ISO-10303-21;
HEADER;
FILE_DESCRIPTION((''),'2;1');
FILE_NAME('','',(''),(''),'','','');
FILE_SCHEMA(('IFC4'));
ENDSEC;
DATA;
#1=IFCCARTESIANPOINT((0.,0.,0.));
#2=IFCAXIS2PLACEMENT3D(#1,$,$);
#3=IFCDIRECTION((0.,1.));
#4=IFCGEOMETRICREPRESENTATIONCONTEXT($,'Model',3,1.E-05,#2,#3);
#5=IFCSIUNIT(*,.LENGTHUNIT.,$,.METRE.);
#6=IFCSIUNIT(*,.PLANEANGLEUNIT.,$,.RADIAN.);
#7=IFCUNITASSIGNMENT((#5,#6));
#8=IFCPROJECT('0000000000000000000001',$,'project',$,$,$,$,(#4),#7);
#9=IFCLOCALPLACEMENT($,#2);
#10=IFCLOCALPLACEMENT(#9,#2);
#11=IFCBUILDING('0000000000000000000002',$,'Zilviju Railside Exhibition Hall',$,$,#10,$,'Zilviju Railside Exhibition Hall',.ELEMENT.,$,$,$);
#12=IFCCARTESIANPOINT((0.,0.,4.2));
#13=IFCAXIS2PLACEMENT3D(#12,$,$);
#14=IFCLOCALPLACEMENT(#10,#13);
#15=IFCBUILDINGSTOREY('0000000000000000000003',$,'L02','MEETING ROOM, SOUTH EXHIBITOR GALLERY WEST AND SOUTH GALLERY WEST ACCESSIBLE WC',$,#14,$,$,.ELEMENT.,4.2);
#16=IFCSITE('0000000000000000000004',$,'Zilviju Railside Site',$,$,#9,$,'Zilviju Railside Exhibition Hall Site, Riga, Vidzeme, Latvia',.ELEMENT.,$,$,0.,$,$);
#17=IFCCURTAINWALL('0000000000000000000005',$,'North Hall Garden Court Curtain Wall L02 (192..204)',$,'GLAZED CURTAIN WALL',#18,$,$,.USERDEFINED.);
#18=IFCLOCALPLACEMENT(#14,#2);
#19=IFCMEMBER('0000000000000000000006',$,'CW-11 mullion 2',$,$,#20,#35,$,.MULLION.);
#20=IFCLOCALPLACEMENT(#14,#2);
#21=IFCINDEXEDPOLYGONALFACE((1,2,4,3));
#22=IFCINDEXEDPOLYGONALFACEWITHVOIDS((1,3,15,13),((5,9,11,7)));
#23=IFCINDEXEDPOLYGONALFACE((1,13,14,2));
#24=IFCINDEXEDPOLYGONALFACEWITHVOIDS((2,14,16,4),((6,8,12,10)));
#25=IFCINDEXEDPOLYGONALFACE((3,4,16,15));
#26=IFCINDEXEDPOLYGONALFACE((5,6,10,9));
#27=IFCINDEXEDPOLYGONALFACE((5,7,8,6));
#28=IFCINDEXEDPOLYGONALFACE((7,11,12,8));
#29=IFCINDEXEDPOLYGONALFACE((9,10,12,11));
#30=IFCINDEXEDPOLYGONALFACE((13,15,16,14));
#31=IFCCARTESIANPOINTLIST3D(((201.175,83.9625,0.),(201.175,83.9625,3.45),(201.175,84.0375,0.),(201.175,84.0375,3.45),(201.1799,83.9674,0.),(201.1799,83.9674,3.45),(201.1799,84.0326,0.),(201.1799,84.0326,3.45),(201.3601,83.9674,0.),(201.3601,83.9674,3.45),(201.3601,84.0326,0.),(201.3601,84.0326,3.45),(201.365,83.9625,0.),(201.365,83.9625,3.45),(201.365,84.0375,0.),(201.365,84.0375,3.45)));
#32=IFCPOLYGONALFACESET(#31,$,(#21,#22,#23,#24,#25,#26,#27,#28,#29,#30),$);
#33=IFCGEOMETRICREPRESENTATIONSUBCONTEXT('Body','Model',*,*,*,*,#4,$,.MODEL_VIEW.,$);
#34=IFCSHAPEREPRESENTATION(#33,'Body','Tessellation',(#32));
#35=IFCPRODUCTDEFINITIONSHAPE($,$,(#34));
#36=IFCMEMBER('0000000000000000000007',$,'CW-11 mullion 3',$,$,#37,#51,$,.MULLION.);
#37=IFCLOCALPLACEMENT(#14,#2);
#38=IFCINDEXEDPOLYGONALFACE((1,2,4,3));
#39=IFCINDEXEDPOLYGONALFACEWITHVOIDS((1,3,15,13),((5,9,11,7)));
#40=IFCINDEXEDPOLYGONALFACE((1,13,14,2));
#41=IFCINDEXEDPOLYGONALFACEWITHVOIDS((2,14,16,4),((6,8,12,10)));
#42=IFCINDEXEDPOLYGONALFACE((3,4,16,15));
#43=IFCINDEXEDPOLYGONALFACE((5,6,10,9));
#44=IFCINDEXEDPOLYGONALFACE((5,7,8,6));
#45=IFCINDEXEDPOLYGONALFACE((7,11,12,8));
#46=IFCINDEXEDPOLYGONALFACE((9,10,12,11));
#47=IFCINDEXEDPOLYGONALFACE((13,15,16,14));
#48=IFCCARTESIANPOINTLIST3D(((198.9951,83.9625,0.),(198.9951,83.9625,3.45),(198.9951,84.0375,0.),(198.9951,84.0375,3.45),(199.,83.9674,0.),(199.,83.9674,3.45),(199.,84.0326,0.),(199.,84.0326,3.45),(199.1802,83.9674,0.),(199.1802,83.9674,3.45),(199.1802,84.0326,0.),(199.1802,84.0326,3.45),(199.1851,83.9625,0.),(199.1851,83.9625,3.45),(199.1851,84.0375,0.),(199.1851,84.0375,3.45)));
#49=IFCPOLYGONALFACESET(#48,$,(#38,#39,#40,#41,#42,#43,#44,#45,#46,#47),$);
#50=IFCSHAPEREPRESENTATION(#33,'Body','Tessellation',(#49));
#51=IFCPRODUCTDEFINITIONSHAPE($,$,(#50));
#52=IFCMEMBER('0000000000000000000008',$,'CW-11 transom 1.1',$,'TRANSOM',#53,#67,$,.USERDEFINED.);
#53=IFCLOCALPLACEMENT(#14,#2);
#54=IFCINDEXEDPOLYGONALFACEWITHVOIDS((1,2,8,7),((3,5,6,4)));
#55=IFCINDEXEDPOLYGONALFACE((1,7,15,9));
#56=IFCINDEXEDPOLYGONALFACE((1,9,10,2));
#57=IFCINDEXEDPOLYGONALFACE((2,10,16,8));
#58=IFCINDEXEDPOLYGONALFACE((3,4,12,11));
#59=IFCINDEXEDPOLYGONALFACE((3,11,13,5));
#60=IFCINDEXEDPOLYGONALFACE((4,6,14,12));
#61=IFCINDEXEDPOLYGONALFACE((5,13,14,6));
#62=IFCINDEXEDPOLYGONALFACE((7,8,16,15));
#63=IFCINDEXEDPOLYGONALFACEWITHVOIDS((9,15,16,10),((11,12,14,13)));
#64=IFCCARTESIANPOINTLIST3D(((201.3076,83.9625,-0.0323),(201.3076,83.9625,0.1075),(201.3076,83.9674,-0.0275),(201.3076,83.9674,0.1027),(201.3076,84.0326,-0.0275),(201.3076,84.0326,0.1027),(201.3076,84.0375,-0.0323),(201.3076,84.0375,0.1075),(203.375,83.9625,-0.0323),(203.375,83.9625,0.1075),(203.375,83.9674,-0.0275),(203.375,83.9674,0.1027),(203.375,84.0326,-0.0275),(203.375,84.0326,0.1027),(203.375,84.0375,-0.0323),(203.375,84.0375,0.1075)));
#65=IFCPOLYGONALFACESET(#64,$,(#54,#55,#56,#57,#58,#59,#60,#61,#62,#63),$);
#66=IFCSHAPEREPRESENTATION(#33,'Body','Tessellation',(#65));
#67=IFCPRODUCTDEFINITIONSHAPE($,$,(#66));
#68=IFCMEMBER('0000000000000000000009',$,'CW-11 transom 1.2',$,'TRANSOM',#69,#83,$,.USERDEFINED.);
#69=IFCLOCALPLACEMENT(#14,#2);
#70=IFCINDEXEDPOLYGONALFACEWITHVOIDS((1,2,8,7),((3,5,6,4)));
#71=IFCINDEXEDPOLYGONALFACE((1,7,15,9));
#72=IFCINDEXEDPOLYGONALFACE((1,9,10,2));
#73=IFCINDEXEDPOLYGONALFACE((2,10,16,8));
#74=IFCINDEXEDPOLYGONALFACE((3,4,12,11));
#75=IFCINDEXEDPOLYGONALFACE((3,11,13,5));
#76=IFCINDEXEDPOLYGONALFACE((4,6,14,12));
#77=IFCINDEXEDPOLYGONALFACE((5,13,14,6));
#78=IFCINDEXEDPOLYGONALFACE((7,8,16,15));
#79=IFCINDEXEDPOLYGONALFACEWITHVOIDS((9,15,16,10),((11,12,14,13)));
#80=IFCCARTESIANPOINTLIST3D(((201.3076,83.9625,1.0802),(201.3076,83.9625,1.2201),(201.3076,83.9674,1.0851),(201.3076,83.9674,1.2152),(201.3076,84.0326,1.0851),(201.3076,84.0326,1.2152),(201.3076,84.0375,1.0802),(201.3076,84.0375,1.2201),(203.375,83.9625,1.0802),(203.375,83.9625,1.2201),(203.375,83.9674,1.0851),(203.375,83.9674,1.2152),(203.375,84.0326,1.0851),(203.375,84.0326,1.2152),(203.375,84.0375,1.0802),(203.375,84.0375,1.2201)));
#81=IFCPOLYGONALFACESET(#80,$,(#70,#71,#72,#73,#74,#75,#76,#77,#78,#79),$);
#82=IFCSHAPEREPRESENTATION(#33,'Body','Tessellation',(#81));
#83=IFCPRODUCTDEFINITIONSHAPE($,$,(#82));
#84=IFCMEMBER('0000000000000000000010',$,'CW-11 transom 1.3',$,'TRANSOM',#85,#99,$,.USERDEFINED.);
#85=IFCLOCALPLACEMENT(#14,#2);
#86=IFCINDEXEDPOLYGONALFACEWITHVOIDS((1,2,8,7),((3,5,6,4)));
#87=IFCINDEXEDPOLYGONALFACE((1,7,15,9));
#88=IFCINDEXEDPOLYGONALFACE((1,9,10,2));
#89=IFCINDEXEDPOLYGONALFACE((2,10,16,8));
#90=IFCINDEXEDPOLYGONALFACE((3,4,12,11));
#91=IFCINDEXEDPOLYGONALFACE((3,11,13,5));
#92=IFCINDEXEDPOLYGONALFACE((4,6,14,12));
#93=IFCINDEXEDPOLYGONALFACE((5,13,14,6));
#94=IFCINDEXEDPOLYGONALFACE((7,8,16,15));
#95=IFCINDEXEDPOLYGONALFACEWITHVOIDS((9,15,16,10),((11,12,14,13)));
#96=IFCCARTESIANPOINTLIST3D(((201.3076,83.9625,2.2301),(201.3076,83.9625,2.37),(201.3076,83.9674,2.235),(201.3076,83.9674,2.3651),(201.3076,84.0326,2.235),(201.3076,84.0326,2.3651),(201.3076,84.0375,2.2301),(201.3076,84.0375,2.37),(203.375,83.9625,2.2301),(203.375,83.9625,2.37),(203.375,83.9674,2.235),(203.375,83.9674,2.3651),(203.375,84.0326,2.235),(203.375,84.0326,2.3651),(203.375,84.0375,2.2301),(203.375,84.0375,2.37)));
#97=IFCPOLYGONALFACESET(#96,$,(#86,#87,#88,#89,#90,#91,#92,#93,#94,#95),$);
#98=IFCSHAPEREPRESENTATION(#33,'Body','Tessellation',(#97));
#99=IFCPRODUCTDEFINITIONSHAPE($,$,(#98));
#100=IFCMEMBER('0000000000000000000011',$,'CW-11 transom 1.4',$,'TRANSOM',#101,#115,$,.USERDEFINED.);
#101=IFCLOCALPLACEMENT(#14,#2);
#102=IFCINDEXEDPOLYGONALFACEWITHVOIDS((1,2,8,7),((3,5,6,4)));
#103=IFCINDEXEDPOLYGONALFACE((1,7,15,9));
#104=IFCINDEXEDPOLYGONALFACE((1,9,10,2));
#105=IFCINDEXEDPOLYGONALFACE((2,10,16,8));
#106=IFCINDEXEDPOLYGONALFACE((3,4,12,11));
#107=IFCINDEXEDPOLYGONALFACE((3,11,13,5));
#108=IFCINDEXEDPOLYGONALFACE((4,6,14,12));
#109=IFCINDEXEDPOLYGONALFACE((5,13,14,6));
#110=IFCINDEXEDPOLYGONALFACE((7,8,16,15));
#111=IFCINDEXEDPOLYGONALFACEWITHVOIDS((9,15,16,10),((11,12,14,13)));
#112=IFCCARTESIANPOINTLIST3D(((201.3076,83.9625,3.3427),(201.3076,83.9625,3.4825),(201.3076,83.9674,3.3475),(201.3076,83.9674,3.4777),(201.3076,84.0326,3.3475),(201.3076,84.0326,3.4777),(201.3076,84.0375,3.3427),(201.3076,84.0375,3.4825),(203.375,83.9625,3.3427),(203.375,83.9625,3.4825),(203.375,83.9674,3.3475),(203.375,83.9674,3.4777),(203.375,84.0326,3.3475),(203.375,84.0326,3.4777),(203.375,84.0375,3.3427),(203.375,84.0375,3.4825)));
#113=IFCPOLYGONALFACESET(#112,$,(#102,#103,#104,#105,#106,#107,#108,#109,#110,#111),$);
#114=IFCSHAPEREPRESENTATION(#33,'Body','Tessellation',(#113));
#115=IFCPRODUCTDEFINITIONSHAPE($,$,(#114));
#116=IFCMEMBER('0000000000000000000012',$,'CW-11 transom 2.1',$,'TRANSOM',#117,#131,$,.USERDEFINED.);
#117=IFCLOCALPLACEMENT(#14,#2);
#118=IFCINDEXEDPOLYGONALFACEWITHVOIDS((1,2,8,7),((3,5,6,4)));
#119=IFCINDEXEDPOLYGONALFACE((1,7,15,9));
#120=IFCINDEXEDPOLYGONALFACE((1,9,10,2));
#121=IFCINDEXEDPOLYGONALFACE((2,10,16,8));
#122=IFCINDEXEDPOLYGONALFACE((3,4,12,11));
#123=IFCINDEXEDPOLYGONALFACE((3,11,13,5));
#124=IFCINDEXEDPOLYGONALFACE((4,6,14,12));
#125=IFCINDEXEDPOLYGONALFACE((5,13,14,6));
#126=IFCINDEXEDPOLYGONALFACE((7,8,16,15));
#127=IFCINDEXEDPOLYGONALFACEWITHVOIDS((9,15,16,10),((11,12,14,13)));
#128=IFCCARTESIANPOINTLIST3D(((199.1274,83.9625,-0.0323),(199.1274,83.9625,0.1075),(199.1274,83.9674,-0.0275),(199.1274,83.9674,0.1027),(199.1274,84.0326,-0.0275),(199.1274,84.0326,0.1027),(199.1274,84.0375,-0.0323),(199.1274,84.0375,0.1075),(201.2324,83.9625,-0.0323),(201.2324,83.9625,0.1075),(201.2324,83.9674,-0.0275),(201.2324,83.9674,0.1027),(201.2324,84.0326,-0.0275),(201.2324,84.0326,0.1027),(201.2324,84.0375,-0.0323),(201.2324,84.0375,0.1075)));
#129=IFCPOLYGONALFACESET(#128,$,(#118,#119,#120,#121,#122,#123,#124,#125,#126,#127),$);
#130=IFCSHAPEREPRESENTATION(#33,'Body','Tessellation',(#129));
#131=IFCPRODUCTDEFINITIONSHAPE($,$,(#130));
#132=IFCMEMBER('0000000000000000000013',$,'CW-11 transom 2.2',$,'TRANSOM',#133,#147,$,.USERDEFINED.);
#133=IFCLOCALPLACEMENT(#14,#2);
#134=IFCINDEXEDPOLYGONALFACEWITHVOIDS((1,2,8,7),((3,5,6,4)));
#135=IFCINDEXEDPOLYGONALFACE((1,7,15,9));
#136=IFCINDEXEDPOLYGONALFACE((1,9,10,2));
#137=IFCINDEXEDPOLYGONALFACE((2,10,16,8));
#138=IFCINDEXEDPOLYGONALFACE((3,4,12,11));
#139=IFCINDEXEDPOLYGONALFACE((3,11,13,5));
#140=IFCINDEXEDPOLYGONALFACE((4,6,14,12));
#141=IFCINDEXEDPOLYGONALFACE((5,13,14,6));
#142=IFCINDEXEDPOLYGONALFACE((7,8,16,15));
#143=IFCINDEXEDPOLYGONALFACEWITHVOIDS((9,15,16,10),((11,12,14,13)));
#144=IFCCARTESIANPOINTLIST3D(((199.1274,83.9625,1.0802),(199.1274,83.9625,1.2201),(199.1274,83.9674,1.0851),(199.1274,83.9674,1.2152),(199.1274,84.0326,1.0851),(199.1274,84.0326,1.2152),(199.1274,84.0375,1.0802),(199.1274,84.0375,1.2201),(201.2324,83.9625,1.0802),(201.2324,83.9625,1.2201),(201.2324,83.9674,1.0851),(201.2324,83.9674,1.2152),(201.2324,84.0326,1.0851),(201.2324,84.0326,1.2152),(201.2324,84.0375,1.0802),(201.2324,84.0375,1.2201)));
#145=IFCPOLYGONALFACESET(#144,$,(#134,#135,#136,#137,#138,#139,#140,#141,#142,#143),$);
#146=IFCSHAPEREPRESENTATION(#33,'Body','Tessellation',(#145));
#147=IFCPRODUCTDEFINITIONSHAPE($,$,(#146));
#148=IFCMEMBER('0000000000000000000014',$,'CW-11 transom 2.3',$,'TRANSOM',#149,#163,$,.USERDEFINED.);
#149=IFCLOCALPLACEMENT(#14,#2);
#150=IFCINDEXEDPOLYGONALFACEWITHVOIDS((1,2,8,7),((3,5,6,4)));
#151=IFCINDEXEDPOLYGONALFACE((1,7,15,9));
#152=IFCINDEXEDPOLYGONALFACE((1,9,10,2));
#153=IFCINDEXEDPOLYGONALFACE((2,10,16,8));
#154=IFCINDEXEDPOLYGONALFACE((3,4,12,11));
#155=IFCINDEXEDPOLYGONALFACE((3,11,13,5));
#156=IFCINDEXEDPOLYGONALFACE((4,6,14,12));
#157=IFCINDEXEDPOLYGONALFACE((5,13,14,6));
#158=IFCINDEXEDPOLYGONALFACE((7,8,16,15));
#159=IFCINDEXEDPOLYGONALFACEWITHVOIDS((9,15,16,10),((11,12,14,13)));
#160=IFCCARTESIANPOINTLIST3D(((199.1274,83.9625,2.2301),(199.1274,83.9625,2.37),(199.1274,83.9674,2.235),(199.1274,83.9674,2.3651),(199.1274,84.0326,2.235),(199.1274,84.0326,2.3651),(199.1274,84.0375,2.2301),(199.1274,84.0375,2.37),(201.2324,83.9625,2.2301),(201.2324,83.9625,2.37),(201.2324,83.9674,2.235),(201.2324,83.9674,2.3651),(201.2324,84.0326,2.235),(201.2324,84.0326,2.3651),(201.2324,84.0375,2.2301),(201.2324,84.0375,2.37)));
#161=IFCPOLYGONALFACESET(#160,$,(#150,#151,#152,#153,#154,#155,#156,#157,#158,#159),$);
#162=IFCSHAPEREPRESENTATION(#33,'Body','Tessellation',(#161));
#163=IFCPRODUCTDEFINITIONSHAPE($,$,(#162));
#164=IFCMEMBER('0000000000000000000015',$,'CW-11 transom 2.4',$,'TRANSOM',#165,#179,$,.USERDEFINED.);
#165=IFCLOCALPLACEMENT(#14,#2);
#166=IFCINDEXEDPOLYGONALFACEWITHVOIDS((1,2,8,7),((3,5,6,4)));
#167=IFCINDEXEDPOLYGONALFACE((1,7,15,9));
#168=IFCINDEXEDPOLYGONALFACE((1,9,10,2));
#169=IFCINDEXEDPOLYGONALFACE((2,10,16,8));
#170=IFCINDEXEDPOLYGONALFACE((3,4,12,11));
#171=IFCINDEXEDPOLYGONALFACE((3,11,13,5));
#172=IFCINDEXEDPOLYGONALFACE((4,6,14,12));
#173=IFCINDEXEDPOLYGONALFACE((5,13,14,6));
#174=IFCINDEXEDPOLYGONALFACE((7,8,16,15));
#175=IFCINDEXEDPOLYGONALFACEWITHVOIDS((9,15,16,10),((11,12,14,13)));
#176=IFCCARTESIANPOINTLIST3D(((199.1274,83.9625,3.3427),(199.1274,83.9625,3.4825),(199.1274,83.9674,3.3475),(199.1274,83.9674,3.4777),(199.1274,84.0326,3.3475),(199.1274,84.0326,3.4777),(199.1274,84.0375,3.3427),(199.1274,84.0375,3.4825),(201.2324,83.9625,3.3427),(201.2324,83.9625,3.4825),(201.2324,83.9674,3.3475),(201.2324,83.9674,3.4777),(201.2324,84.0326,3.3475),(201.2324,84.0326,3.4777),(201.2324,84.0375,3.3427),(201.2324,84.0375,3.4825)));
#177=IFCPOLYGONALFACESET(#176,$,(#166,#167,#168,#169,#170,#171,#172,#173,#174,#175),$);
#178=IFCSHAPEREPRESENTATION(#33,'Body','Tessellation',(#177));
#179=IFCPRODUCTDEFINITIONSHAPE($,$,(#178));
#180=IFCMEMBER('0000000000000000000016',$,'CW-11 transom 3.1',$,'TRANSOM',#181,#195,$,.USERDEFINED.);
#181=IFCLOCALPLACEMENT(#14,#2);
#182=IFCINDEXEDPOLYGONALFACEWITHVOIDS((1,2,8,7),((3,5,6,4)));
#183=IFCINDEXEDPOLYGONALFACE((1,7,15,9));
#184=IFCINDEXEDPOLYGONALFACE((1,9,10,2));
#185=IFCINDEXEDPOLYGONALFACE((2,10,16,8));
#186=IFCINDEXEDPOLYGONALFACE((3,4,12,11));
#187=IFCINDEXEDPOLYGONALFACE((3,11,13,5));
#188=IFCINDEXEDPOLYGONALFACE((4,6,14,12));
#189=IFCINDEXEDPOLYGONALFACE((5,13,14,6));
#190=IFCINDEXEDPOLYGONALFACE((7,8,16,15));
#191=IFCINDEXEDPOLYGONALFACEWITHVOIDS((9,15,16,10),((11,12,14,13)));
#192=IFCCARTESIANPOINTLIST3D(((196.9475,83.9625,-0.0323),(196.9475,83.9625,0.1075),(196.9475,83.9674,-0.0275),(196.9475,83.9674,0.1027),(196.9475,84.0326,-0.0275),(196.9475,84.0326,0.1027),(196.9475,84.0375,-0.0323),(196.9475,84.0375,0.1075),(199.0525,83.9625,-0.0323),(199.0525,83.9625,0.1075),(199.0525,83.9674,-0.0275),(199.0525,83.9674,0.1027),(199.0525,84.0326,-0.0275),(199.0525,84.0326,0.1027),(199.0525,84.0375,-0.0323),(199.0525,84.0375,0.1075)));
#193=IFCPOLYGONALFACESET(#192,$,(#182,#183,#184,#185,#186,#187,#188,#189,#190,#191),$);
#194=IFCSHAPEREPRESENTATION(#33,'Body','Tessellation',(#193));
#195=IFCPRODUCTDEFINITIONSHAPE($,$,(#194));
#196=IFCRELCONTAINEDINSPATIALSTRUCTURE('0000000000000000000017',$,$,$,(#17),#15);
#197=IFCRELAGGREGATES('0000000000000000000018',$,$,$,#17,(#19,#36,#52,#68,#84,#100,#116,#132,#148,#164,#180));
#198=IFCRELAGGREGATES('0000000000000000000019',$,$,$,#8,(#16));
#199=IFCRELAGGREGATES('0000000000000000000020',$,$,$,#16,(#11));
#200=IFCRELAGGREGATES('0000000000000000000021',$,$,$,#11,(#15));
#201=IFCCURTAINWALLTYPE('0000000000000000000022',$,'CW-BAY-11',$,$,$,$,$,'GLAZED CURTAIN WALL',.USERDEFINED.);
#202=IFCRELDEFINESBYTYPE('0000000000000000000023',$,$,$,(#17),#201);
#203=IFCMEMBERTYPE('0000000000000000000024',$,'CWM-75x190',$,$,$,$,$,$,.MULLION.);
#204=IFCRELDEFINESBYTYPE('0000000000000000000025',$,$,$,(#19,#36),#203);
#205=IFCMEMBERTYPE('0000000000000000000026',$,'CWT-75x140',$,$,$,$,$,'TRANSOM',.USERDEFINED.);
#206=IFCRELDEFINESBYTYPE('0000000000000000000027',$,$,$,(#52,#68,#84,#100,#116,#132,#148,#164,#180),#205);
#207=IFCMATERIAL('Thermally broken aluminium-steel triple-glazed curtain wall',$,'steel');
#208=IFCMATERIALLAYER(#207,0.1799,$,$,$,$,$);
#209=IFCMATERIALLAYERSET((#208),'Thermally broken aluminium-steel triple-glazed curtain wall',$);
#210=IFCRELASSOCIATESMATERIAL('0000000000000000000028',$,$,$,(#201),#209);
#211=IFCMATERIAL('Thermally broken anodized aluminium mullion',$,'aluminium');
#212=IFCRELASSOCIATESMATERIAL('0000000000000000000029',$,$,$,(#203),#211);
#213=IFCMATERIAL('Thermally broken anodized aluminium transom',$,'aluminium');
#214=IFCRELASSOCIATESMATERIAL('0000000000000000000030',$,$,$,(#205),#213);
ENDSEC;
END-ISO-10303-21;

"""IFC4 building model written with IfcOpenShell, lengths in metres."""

from ifc_helpers import new_model, si_unit, direction, frame, origin, origin_2d, place, context, subcontext, project, spatial, hollow_rectangle, extrude, material, layer, layer_set, material_profile, profile_set, type_object, element, aggregate, save


model = new_model("IFC4")

# Units and contexts
model_context = context("Model", 3, precision=1e-05, world=origin(), true_north=direction((0.0, 1.0)))
body_context = subcontext(model_context, "Body", "Model", "MODEL_VIEW")
ifc_project = project(units=[si_unit("LENGTHUNIT", "METRE"), si_unit("PLANEANGLEUNIT", "RADIAN")], contexts=[model_context])

# Site, building, storey
site_placement = place(None, origin())
site = spatial("IfcSite", under=ifc_project, at=site_placement, Name="Zilviju Railside Site", LongName="Zilviju Railside Exhibition Hall Site, Riga, Vidzeme, Latvia", CompositionType="ELEMENT", RefElevation=0.0)
building_placement = place(site_placement, origin())
building = spatial("IfcBuilding", under=site, at=building_placement, Name="Zilviju Railside Exhibition Hall", LongName="Zilviju Railside Exhibition Hall", CompositionType="ELEMENT")
storey_placement = place(building_placement, frame((0.0, 0.0, 4.2)))
storey = spatial("IfcBuildingStorey", under=building, at=storey_placement, Name="L02", Description="MEETING ROOM, SOUTH EXHIBITOR GALLERY WEST AND SOUTH GALLERY WEST ACCESSIBLE WC", CompositionType="ELEMENT", Elevation=4.2)

# Curtain wall, members
ifc_material_1 = material(Name="Thermally broken aluminium-steel triple-glazed curtain wall", Category="steel")
ifc_layer_1 = layer(ifc_material_1, 0.1799)
ifc_layer_set_1 = layer_set([ifc_layer_1], Name="Thermally broken aluminium-steel triple-glazed curtain wall")
curtain_wall_type = type_object("IfcCurtainWallType", Name="CW-BAY-11", ElementType="GLAZED CURTAIN WALL", PredefinedType="USERDEFINED", material=ifc_layer_set_1)
curtain_wall_placement = place(storey_placement, origin())
curtain_wall = element("IfcCurtainWall", 1, at=curtain_wall_placement, inside=storey, type_object=curtain_wall_type, Name="North Hall Garden Court Curtain Wall L02 (192..204)", ObjectType="GLAZED CURTAIN WALL", PredefinedType="USERDEFINED")
ifc_material_2 = material(Name="Thermally broken anodized aluminium mullion", Category="aluminium")
ifc_material_profile_1 = material_profile(ifc_material_2, hollow_rectangle(XDim=0.075, YDim=0.1899, WallThickness=0.0049, at=origin_2d()), Name="MULLION 190x75x5")
ifc_profile_set_1 = profile_set([ifc_material_profile_1], Name="Thermally broken anodized aluminium mullion")
member_type_1 = type_object("IfcMemberType", Name="CWM-75x190", PredefinedType="MULLION", material=ifc_profile_set_1)
member_1_placement = place(storey_placement, frame((201.27, 84.0, 0.0), z_axis=(0.0, 0.0, 1.0), x_axis=(0.0, -1.0, 0.0)))
member_1 = element("IfcMember", 2, at=member_1_placement, type_object=member_type_1, Name="CW-11 mullion 2", PredefinedType="MULLION", context=body_context, shape_type="SweptSolid", body=[
    extrude(hollow_rectangle(XDim=0.075, YDim=0.1899, WallThickness=0.0049, at=origin_2d()), origin(), (0.0, 0.0, 1.0), 3.45),
])
member_2_placement = place(storey_placement, frame((199.0901, 84.0, 0.0), z_axis=(0.0, 0.0, 1.0), x_axis=(0.0, -1.0, 0.0)))
member_2 = element("IfcMember", 3, at=member_2_placement, type_object=member_type_1, Name="CW-11 mullion 3", PredefinedType="MULLION", context=body_context, shape_type="SweptSolid", body=[
    extrude(hollow_rectangle(XDim=0.075, YDim=0.1899, WallThickness=0.0049, at=origin_2d()), origin(), (0.0, 0.0, 1.0), 3.45),
])
ifc_material_3 = material(Name="Thermally broken anodized aluminium transom", Category="aluminium")
ifc_material_profile_2 = material_profile(ifc_material_3, hollow_rectangle(XDim=0.075, YDim=0.1399, WallThickness=0.0049, at=origin_2d()), Name="TRANSOM 140x75x5")
ifc_profile_set_2 = profile_set([ifc_material_profile_2], Name="Thermally broken anodized aluminium transom")
member_type_2 = type_object("IfcMemberType", Name="CWT-75x140", ElementType="TRANSOM", PredefinedType="USERDEFINED", material=ifc_profile_set_2)
member_3_placement = place(storey_placement, frame((203.375, 84.0, 0.0376), z_axis=(-1.0, 0.0, 0.0), x_axis=(0.0, -1.0, 0.0)))
member_3 = element("IfcMember", 4, at=member_3_placement, type_object=member_type_2, Name="CW-11 transom 1.1", ObjectType="TRANSOM", PredefinedType="USERDEFINED", context=body_context, shape_type="SweptSolid", body=[
    extrude(hollow_rectangle(XDim=0.075, YDim=0.1399, WallThickness=0.0049, at=origin_2d()), origin(), (0.0, 0.0, 1.0), 2.0674),
])
member_4_placement = place(storey_placement, frame((203.375, 84.0, 1.1501), z_axis=(-1.0, 0.0, 0.0), x_axis=(0.0, -1.0, 0.0)))
member_4 = element("IfcMember", 5, at=member_4_placement, type_object=member_type_2, Name="CW-11 transom 1.2", ObjectType="TRANSOM", PredefinedType="USERDEFINED", context=body_context, shape_type="SweptSolid", body=[
    extrude(hollow_rectangle(XDim=0.075, YDim=0.1399, WallThickness=0.0049, at=origin_2d()), origin(), (0.0, 0.0, 1.0), 2.0674),
])
member_5_placement = place(storey_placement, frame((203.375, 84.0, 2.3), z_axis=(-1.0, 0.0, 0.0), x_axis=(0.0, -1.0, 0.0)))
member_5 = element("IfcMember", 6, at=member_5_placement, type_object=member_type_2, Name="CW-11 transom 1.3", ObjectType="TRANSOM", PredefinedType="USERDEFINED", context=body_context, shape_type="SweptSolid", body=[
    extrude(hollow_rectangle(XDim=0.075, YDim=0.1399, WallThickness=0.0049, at=origin_2d()), origin(), (0.0, 0.0, 1.0), 2.0674),
])
member_6_placement = place(storey_placement, frame((203.375, 84.0, 3.4126), z_axis=(-1.0, 0.0, 0.0), x_axis=(0.0, -1.0, 0.0)))
member_6 = element("IfcMember", 7, at=member_6_placement, type_object=member_type_2, Name="CW-11 transom 1.4", ObjectType="TRANSOM", PredefinedType="USERDEFINED", context=body_context, shape_type="SweptSolid", body=[
    extrude(hollow_rectangle(XDim=0.075, YDim=0.1399, WallThickness=0.0049, at=origin_2d()), origin(), (0.0, 0.0, 1.0), 2.0674),
])
member_7_placement = place(storey_placement, frame((201.2324, 84.0, 0.0376), z_axis=(-1.0, 0.0, 0.0), x_axis=(0.0, -1.0, 0.0)))
member_7 = element("IfcMember", 8, at=member_7_placement, type_object=member_type_2, Name="CW-11 transom 2.1", ObjectType="TRANSOM", PredefinedType="USERDEFINED", context=body_context, shape_type="SweptSolid", body=[
    extrude(hollow_rectangle(XDim=0.075, YDim=0.1399, WallThickness=0.0049, at=origin_2d()), origin(), (0.0, 0.0, 1.0), 2.105),
])
member_8_placement = place(storey_placement, frame((201.2324, 84.0, 1.1501), z_axis=(-1.0, 0.0, 0.0), x_axis=(0.0, -1.0, 0.0)))
member_8 = element("IfcMember", 9, at=member_8_placement, type_object=member_type_2, Name="CW-11 transom 2.2", ObjectType="TRANSOM", PredefinedType="USERDEFINED", context=body_context, shape_type="SweptSolid", body=[
    extrude(hollow_rectangle(XDim=0.075, YDim=0.1399, WallThickness=0.0049, at=origin_2d()), origin(), (0.0, 0.0, 1.0), 2.105),
])
member_9_placement = place(storey_placement, frame((201.2324, 84.0, 2.3), z_axis=(-1.0, 0.0, 0.0), x_axis=(0.0, -1.0, 0.0)))
member_9 = element("IfcMember", 10, at=member_9_placement, type_object=member_type_2, Name="CW-11 transom 2.3", ObjectType="TRANSOM", PredefinedType="USERDEFINED", context=body_context, shape_type="SweptSolid", body=[
    extrude(hollow_rectangle(XDim=0.075, YDim=0.1399, WallThickness=0.0049, at=origin_2d()), origin(), (0.0, 0.0, 1.0), 2.105),
])
member_10_placement = place(storey_placement, frame((201.2324, 84.0, 3.4126), z_axis=(-1.0, 0.0, 0.0), x_axis=(0.0, -1.0, 0.0)))
member_10 = element("IfcMember", 11, at=member_10_placement, type_object=member_type_2, Name="CW-11 transom 2.4", ObjectType="TRANSOM", PredefinedType="USERDEFINED", context=body_context, shape_type="SweptSolid", body=[
    extrude(hollow_rectangle(XDim=0.075, YDim=0.1399, WallThickness=0.0049, at=origin_2d()), origin(), (0.0, 0.0, 1.0), 2.105),
])
member_11_placement = place(storey_placement, frame((199.0525, 84.0, 0.0376), z_axis=(-1.0, 0.0, 0.0), x_axis=(0.0, -1.0, 0.0)))
member_11 = element("IfcMember", 12, at=member_11_placement, type_object=member_type_2, Name="CW-11 transom 3.1", ObjectType="TRANSOM", PredefinedType="USERDEFINED", context=body_context, shape_type="SweptSolid", body=[
    extrude(hollow_rectangle(XDim=0.075, YDim=0.1399, WallThickness=0.0049, at=origin_2d()), origin(), (0.0, 0.0, 1.0), 2.105),
])
aggregate(curtain_wall, [member_1, member_2, member_3, member_4, member_5, member_6, member_7, member_8, member_9, member_10, member_11])

save(model, "model.ifc")
